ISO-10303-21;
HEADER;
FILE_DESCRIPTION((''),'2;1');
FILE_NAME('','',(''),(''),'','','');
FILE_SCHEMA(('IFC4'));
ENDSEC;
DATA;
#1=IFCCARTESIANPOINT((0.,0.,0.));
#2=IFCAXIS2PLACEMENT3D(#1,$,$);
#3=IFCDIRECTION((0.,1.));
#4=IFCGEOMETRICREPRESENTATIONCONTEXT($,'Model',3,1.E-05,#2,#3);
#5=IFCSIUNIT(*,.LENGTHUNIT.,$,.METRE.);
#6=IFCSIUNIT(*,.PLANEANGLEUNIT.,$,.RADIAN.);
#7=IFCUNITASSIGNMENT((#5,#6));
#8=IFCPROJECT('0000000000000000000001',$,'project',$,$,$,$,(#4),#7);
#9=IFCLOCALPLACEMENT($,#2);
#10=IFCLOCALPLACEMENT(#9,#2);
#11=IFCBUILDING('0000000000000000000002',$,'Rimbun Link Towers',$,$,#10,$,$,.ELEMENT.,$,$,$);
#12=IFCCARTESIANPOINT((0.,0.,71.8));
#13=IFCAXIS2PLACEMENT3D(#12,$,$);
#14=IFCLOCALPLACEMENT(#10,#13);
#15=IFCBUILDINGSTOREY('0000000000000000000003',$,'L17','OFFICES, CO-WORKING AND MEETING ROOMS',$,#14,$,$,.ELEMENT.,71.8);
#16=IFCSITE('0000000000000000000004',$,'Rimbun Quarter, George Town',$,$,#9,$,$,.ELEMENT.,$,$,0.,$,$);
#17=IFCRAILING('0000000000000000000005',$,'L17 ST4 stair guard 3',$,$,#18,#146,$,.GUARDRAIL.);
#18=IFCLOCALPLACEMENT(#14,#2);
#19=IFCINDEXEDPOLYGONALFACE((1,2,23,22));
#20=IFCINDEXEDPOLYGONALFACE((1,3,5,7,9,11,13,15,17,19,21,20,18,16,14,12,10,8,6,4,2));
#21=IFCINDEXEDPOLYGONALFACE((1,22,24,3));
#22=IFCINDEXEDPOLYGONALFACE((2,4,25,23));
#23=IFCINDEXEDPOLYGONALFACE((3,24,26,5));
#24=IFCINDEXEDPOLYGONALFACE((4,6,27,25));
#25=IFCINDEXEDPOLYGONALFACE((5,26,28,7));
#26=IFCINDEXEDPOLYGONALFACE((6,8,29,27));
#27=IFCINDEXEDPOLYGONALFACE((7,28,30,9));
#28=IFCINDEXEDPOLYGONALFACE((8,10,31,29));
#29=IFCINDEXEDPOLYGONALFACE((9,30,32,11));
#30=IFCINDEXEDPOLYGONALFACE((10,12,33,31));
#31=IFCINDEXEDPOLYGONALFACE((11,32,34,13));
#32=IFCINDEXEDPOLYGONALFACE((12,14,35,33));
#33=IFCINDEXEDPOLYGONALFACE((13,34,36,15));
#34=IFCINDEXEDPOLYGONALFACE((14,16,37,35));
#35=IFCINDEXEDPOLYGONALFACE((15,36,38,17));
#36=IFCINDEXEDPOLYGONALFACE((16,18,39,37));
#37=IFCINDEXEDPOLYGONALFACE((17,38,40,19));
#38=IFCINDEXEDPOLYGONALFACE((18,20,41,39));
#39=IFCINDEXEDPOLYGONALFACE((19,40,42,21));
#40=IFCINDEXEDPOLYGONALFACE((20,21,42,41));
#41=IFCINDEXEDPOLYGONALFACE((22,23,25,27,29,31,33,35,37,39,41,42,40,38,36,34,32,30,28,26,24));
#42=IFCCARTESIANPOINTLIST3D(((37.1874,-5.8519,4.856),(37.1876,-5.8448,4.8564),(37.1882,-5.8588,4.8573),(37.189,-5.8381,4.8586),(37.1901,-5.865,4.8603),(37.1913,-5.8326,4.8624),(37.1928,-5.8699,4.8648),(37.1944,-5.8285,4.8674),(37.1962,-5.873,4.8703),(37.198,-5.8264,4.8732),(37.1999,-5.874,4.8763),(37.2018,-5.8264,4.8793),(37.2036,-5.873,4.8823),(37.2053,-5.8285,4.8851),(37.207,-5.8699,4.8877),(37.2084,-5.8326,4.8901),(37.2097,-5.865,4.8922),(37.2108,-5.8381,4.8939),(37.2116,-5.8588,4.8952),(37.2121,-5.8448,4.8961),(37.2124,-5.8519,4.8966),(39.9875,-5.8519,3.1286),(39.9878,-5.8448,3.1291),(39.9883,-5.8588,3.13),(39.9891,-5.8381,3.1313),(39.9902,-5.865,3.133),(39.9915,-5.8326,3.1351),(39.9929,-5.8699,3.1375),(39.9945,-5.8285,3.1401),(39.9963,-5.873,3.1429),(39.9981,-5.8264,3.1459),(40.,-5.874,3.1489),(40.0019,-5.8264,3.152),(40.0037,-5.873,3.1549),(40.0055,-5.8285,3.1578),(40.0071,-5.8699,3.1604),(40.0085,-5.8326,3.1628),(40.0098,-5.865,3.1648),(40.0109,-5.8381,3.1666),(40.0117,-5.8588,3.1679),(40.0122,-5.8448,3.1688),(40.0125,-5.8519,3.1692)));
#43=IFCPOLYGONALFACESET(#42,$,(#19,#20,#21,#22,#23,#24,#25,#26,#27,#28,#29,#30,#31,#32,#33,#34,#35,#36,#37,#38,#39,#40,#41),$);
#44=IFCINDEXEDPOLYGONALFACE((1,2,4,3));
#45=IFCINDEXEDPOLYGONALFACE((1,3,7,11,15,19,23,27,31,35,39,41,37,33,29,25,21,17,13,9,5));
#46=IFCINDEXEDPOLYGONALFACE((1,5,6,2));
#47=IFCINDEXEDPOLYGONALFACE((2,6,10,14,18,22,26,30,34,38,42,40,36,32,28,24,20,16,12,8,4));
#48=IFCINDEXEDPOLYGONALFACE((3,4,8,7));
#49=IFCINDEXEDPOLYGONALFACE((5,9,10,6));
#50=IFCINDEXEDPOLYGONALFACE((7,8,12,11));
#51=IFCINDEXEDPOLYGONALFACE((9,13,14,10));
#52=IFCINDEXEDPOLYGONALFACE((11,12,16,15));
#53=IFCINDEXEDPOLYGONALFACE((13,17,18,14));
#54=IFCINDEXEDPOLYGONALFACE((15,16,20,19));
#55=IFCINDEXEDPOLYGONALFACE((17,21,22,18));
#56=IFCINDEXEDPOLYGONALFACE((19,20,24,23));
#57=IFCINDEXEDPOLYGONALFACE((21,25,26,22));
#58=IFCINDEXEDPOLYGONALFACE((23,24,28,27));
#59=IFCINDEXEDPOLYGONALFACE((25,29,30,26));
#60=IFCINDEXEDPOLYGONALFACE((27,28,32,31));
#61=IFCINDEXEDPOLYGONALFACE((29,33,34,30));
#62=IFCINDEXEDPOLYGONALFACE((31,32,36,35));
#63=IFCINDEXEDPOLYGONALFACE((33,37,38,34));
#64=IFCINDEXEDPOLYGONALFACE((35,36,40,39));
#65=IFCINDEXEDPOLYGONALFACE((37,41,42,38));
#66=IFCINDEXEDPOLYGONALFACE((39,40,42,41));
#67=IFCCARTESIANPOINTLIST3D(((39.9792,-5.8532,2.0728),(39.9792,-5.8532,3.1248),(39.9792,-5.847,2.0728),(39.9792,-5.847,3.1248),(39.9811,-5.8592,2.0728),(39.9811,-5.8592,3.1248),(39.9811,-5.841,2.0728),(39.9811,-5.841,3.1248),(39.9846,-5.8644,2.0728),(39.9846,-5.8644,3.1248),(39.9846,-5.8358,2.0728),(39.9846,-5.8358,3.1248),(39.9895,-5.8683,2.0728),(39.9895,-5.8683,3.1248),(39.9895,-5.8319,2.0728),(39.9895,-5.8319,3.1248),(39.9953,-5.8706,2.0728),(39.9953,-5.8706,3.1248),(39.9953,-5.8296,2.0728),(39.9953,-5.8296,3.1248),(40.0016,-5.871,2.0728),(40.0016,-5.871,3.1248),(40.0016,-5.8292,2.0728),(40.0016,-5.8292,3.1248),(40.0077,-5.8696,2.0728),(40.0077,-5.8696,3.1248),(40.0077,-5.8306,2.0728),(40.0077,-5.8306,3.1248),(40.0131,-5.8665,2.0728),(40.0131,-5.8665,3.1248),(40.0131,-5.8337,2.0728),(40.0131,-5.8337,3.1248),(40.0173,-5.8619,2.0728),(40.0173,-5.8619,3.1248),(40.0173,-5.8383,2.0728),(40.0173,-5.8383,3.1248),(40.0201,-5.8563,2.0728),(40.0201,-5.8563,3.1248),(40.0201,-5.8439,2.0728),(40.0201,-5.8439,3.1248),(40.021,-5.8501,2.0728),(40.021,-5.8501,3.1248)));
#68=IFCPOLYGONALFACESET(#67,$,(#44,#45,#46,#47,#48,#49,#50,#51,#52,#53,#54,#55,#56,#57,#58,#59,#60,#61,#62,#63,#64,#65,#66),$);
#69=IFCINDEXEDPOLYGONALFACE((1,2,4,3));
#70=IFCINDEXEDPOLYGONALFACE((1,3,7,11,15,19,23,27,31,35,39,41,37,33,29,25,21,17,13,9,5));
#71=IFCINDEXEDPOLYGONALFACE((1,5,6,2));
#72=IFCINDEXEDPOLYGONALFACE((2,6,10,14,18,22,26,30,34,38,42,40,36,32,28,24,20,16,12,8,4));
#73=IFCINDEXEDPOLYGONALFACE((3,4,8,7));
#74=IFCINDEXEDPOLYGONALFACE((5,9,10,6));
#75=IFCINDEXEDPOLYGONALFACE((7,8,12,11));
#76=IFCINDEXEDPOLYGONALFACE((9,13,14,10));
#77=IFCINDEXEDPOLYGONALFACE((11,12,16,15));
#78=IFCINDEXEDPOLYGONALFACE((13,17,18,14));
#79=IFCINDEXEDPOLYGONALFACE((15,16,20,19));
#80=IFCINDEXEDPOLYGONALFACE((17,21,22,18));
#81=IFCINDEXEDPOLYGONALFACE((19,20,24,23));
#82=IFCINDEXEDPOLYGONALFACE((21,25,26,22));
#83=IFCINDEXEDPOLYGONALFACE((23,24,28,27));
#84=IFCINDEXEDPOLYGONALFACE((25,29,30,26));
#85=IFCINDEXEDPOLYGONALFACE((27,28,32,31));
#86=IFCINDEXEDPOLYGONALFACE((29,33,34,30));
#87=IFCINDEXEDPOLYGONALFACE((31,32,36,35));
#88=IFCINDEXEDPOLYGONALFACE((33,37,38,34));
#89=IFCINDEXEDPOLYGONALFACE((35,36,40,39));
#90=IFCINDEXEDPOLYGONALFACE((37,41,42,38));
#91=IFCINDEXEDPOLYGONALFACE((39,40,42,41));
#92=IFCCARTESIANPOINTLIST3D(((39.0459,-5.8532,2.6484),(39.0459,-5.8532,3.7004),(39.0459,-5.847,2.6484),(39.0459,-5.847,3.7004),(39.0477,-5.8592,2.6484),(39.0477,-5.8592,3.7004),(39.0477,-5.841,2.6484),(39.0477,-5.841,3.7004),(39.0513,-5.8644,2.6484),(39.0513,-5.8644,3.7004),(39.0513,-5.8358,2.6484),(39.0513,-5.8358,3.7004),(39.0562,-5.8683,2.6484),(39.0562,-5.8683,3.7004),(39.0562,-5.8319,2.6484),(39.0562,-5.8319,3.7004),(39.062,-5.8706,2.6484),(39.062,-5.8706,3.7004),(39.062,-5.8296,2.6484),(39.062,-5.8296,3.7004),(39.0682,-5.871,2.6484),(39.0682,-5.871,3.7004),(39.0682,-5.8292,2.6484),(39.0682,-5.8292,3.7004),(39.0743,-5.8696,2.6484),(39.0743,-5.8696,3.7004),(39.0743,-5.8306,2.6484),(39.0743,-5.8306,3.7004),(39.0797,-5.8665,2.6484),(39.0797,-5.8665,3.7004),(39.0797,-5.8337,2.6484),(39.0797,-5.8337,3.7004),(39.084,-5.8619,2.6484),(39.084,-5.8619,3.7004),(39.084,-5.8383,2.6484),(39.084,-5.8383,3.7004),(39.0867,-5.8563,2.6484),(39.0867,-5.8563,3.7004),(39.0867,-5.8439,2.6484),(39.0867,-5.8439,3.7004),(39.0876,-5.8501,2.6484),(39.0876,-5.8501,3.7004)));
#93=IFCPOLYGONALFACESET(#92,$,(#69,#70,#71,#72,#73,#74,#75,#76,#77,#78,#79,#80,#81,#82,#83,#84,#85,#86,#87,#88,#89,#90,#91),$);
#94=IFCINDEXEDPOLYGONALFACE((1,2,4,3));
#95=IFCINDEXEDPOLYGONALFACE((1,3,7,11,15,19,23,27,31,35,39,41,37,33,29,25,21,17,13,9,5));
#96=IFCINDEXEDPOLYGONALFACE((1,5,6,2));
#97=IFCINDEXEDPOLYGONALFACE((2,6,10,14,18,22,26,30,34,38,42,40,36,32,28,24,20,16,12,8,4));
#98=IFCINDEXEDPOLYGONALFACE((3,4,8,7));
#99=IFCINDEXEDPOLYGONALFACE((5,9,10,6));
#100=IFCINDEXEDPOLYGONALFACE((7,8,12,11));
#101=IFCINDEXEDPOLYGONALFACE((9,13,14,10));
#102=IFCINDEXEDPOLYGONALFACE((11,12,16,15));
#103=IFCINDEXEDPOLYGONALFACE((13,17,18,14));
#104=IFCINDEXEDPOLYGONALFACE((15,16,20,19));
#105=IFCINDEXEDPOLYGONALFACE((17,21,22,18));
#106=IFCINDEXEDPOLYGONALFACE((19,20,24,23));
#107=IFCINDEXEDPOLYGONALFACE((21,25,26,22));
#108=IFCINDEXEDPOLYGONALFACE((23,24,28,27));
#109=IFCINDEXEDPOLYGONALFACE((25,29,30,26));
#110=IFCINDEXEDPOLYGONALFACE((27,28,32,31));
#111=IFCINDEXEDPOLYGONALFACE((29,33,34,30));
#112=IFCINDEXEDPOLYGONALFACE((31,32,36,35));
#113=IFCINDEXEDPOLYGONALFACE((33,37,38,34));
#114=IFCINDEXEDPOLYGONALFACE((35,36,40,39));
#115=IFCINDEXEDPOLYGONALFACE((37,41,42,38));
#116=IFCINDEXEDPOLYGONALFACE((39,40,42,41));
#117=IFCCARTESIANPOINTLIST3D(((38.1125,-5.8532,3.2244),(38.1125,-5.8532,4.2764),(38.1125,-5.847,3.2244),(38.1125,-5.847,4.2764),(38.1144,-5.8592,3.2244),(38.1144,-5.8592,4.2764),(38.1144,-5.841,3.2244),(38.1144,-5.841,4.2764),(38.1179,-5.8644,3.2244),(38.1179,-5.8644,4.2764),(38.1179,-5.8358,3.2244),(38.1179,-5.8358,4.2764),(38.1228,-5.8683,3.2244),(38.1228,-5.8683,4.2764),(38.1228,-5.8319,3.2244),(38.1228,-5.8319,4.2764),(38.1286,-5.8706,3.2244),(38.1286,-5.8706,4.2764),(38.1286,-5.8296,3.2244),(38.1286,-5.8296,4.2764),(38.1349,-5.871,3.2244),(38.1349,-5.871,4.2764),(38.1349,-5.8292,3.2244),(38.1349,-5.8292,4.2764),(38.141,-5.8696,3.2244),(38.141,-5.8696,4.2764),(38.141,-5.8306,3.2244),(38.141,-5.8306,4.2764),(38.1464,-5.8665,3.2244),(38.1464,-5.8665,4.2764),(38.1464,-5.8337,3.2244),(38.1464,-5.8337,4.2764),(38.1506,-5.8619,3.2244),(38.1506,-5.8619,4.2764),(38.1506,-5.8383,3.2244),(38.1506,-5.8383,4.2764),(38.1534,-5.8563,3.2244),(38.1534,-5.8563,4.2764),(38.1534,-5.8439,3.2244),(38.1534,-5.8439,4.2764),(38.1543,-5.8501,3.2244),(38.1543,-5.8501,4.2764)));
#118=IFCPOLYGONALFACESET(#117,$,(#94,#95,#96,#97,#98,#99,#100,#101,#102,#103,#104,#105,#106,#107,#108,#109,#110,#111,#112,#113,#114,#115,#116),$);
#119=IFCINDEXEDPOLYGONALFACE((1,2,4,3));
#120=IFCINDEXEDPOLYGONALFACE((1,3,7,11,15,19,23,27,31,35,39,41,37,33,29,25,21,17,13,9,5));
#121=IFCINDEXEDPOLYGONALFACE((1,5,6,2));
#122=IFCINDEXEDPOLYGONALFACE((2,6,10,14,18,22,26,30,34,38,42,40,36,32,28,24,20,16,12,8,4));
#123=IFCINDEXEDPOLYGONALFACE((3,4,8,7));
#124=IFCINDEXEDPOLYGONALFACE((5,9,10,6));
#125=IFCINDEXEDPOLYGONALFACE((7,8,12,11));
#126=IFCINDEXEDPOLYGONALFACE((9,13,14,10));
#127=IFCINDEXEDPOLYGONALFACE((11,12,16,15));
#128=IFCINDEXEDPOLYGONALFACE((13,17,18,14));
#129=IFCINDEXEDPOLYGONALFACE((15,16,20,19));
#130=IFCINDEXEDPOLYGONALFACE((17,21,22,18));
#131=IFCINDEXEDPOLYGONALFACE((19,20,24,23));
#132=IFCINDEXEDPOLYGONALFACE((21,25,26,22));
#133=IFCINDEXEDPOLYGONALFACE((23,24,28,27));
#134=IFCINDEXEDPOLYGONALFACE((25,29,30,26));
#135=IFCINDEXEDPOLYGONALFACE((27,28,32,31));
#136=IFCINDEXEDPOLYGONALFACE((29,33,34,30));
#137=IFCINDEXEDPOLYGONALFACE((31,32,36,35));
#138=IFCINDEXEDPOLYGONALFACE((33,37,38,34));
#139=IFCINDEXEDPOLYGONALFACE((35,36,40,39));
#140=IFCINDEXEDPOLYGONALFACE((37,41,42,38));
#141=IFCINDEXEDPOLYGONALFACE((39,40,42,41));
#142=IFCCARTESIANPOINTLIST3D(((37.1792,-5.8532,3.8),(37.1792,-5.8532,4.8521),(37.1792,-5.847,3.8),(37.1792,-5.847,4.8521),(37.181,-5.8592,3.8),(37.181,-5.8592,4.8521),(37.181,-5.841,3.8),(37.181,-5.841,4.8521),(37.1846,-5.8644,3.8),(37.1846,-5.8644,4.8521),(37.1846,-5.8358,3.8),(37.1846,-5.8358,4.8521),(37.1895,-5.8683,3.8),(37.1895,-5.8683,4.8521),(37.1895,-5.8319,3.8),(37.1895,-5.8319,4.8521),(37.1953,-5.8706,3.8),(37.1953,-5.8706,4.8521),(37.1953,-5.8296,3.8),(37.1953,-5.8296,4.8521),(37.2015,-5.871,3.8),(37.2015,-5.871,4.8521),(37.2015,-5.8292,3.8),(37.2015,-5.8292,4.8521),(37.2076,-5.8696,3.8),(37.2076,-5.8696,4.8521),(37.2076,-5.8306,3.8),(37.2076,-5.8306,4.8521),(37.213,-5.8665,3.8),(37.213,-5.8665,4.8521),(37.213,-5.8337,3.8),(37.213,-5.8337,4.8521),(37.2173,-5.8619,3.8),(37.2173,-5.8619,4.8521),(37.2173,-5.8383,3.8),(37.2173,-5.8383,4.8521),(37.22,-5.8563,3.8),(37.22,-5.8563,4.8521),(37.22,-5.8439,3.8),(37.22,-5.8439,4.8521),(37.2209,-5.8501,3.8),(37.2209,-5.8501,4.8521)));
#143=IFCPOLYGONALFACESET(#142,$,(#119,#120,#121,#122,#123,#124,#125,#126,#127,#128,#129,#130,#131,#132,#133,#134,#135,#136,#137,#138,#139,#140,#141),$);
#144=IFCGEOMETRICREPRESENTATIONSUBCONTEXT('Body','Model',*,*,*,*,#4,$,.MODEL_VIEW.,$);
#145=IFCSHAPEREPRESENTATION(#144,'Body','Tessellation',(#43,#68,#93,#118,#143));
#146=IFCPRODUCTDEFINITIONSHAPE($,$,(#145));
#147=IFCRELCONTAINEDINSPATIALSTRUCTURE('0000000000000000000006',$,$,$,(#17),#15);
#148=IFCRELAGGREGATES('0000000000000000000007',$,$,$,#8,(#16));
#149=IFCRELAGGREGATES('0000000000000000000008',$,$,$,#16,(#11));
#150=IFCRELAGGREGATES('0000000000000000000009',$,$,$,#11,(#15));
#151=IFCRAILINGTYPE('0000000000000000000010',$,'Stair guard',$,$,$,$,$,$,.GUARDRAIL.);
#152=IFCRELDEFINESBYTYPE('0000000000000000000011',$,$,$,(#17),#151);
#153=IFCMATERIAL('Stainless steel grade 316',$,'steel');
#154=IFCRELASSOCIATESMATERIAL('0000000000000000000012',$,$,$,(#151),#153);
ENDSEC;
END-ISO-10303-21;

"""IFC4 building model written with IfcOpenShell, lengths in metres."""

from ifc_helpers import new_model, si_unit, direction, frame, origin, origin_2d, place, context, subcontext, project, spatial, circle, extrude, material, type_object, element, save


model = new_model("IFC4")

# Units and contexts
model_context = context("Model", 3, precision=1e-05, world=origin(), true_north=direction((0.0, 1.0)))
body_context = subcontext(model_context, "Body", "Model", "MODEL_VIEW")
ifc_project = project(units=[si_unit("LENGTHUNIT", "METRE"), si_unit("PLANEANGLEUNIT", "RADIAN")], contexts=[model_context])

# Site, building, storey
site_placement = place(None, origin())
site = spatial("IfcSite", under=ifc_project, at=site_placement, Name="Rimbun Quarter, George Town", CompositionType="ELEMENT", RefElevation=0.0)
building_placement = place(site_placement, origin())
building = spatial("IfcBuilding", under=site, at=building_placement, Name="Rimbun Link Towers", CompositionType="ELEMENT")
storey_placement = place(building_placement, frame((0.0, 0.0, 71.8)))
storey = spatial("IfcBuildingStorey", under=building, at=storey_placement, Name="L17", Description="OFFICES, CO-WORKING AND MEETING ROOMS", CompositionType="ELEMENT", Elevation=71.8)

# Railing
ifc_material_1 = material(Name="Stainless steel grade 316", Category="steel")
railing_type = type_object("IfcRailingType", Name="Stair guard", PredefinedType="GUARDRAIL", material=ifc_material_1)
railing_1_placement = place(storey_placement, frame((40.0, -5.8501, 2.0728)))
element("IfcRailing", 1, at=railing_1_placement, inside=storey, type_object=railing_type, Name="L17 ST4 stair guard 3", PredefinedType="GUARDRAIL", context=body_context, shape_type="SweptSolid", body=[
    extrude(circle(Radius=0.0239, at=origin_2d()), frame((0.0, 0.0, 1.0762), z_axis=(-0.85109, 0.0, 0.52502), x_axis=(0.0, -1.0, 0.0)), (0.0, 0.0, 1.0), 3.29),
    extrude(circle(Radius=0.021, at=origin_2d()), origin(), (0.0, 0.0, 1.0), 1.052),
    extrude(circle(Radius=0.021, at=origin_2d()), frame((-0.9333, 0.0, 0.5757)), (0.0, 0.0, 1.0), 1.052),
    extrude(circle(Radius=0.021, at=origin_2d()), frame((-1.8667, 0.0, 1.1516)), (0.0, 0.0, 1.0), 1.052),
    extrude(circle(Radius=0.021, at=origin_2d()), frame((-2.8, 0.0, 1.7273)), (0.0, 0.0, 1.0), 1.052),
])

save(model, "model.ifc")
